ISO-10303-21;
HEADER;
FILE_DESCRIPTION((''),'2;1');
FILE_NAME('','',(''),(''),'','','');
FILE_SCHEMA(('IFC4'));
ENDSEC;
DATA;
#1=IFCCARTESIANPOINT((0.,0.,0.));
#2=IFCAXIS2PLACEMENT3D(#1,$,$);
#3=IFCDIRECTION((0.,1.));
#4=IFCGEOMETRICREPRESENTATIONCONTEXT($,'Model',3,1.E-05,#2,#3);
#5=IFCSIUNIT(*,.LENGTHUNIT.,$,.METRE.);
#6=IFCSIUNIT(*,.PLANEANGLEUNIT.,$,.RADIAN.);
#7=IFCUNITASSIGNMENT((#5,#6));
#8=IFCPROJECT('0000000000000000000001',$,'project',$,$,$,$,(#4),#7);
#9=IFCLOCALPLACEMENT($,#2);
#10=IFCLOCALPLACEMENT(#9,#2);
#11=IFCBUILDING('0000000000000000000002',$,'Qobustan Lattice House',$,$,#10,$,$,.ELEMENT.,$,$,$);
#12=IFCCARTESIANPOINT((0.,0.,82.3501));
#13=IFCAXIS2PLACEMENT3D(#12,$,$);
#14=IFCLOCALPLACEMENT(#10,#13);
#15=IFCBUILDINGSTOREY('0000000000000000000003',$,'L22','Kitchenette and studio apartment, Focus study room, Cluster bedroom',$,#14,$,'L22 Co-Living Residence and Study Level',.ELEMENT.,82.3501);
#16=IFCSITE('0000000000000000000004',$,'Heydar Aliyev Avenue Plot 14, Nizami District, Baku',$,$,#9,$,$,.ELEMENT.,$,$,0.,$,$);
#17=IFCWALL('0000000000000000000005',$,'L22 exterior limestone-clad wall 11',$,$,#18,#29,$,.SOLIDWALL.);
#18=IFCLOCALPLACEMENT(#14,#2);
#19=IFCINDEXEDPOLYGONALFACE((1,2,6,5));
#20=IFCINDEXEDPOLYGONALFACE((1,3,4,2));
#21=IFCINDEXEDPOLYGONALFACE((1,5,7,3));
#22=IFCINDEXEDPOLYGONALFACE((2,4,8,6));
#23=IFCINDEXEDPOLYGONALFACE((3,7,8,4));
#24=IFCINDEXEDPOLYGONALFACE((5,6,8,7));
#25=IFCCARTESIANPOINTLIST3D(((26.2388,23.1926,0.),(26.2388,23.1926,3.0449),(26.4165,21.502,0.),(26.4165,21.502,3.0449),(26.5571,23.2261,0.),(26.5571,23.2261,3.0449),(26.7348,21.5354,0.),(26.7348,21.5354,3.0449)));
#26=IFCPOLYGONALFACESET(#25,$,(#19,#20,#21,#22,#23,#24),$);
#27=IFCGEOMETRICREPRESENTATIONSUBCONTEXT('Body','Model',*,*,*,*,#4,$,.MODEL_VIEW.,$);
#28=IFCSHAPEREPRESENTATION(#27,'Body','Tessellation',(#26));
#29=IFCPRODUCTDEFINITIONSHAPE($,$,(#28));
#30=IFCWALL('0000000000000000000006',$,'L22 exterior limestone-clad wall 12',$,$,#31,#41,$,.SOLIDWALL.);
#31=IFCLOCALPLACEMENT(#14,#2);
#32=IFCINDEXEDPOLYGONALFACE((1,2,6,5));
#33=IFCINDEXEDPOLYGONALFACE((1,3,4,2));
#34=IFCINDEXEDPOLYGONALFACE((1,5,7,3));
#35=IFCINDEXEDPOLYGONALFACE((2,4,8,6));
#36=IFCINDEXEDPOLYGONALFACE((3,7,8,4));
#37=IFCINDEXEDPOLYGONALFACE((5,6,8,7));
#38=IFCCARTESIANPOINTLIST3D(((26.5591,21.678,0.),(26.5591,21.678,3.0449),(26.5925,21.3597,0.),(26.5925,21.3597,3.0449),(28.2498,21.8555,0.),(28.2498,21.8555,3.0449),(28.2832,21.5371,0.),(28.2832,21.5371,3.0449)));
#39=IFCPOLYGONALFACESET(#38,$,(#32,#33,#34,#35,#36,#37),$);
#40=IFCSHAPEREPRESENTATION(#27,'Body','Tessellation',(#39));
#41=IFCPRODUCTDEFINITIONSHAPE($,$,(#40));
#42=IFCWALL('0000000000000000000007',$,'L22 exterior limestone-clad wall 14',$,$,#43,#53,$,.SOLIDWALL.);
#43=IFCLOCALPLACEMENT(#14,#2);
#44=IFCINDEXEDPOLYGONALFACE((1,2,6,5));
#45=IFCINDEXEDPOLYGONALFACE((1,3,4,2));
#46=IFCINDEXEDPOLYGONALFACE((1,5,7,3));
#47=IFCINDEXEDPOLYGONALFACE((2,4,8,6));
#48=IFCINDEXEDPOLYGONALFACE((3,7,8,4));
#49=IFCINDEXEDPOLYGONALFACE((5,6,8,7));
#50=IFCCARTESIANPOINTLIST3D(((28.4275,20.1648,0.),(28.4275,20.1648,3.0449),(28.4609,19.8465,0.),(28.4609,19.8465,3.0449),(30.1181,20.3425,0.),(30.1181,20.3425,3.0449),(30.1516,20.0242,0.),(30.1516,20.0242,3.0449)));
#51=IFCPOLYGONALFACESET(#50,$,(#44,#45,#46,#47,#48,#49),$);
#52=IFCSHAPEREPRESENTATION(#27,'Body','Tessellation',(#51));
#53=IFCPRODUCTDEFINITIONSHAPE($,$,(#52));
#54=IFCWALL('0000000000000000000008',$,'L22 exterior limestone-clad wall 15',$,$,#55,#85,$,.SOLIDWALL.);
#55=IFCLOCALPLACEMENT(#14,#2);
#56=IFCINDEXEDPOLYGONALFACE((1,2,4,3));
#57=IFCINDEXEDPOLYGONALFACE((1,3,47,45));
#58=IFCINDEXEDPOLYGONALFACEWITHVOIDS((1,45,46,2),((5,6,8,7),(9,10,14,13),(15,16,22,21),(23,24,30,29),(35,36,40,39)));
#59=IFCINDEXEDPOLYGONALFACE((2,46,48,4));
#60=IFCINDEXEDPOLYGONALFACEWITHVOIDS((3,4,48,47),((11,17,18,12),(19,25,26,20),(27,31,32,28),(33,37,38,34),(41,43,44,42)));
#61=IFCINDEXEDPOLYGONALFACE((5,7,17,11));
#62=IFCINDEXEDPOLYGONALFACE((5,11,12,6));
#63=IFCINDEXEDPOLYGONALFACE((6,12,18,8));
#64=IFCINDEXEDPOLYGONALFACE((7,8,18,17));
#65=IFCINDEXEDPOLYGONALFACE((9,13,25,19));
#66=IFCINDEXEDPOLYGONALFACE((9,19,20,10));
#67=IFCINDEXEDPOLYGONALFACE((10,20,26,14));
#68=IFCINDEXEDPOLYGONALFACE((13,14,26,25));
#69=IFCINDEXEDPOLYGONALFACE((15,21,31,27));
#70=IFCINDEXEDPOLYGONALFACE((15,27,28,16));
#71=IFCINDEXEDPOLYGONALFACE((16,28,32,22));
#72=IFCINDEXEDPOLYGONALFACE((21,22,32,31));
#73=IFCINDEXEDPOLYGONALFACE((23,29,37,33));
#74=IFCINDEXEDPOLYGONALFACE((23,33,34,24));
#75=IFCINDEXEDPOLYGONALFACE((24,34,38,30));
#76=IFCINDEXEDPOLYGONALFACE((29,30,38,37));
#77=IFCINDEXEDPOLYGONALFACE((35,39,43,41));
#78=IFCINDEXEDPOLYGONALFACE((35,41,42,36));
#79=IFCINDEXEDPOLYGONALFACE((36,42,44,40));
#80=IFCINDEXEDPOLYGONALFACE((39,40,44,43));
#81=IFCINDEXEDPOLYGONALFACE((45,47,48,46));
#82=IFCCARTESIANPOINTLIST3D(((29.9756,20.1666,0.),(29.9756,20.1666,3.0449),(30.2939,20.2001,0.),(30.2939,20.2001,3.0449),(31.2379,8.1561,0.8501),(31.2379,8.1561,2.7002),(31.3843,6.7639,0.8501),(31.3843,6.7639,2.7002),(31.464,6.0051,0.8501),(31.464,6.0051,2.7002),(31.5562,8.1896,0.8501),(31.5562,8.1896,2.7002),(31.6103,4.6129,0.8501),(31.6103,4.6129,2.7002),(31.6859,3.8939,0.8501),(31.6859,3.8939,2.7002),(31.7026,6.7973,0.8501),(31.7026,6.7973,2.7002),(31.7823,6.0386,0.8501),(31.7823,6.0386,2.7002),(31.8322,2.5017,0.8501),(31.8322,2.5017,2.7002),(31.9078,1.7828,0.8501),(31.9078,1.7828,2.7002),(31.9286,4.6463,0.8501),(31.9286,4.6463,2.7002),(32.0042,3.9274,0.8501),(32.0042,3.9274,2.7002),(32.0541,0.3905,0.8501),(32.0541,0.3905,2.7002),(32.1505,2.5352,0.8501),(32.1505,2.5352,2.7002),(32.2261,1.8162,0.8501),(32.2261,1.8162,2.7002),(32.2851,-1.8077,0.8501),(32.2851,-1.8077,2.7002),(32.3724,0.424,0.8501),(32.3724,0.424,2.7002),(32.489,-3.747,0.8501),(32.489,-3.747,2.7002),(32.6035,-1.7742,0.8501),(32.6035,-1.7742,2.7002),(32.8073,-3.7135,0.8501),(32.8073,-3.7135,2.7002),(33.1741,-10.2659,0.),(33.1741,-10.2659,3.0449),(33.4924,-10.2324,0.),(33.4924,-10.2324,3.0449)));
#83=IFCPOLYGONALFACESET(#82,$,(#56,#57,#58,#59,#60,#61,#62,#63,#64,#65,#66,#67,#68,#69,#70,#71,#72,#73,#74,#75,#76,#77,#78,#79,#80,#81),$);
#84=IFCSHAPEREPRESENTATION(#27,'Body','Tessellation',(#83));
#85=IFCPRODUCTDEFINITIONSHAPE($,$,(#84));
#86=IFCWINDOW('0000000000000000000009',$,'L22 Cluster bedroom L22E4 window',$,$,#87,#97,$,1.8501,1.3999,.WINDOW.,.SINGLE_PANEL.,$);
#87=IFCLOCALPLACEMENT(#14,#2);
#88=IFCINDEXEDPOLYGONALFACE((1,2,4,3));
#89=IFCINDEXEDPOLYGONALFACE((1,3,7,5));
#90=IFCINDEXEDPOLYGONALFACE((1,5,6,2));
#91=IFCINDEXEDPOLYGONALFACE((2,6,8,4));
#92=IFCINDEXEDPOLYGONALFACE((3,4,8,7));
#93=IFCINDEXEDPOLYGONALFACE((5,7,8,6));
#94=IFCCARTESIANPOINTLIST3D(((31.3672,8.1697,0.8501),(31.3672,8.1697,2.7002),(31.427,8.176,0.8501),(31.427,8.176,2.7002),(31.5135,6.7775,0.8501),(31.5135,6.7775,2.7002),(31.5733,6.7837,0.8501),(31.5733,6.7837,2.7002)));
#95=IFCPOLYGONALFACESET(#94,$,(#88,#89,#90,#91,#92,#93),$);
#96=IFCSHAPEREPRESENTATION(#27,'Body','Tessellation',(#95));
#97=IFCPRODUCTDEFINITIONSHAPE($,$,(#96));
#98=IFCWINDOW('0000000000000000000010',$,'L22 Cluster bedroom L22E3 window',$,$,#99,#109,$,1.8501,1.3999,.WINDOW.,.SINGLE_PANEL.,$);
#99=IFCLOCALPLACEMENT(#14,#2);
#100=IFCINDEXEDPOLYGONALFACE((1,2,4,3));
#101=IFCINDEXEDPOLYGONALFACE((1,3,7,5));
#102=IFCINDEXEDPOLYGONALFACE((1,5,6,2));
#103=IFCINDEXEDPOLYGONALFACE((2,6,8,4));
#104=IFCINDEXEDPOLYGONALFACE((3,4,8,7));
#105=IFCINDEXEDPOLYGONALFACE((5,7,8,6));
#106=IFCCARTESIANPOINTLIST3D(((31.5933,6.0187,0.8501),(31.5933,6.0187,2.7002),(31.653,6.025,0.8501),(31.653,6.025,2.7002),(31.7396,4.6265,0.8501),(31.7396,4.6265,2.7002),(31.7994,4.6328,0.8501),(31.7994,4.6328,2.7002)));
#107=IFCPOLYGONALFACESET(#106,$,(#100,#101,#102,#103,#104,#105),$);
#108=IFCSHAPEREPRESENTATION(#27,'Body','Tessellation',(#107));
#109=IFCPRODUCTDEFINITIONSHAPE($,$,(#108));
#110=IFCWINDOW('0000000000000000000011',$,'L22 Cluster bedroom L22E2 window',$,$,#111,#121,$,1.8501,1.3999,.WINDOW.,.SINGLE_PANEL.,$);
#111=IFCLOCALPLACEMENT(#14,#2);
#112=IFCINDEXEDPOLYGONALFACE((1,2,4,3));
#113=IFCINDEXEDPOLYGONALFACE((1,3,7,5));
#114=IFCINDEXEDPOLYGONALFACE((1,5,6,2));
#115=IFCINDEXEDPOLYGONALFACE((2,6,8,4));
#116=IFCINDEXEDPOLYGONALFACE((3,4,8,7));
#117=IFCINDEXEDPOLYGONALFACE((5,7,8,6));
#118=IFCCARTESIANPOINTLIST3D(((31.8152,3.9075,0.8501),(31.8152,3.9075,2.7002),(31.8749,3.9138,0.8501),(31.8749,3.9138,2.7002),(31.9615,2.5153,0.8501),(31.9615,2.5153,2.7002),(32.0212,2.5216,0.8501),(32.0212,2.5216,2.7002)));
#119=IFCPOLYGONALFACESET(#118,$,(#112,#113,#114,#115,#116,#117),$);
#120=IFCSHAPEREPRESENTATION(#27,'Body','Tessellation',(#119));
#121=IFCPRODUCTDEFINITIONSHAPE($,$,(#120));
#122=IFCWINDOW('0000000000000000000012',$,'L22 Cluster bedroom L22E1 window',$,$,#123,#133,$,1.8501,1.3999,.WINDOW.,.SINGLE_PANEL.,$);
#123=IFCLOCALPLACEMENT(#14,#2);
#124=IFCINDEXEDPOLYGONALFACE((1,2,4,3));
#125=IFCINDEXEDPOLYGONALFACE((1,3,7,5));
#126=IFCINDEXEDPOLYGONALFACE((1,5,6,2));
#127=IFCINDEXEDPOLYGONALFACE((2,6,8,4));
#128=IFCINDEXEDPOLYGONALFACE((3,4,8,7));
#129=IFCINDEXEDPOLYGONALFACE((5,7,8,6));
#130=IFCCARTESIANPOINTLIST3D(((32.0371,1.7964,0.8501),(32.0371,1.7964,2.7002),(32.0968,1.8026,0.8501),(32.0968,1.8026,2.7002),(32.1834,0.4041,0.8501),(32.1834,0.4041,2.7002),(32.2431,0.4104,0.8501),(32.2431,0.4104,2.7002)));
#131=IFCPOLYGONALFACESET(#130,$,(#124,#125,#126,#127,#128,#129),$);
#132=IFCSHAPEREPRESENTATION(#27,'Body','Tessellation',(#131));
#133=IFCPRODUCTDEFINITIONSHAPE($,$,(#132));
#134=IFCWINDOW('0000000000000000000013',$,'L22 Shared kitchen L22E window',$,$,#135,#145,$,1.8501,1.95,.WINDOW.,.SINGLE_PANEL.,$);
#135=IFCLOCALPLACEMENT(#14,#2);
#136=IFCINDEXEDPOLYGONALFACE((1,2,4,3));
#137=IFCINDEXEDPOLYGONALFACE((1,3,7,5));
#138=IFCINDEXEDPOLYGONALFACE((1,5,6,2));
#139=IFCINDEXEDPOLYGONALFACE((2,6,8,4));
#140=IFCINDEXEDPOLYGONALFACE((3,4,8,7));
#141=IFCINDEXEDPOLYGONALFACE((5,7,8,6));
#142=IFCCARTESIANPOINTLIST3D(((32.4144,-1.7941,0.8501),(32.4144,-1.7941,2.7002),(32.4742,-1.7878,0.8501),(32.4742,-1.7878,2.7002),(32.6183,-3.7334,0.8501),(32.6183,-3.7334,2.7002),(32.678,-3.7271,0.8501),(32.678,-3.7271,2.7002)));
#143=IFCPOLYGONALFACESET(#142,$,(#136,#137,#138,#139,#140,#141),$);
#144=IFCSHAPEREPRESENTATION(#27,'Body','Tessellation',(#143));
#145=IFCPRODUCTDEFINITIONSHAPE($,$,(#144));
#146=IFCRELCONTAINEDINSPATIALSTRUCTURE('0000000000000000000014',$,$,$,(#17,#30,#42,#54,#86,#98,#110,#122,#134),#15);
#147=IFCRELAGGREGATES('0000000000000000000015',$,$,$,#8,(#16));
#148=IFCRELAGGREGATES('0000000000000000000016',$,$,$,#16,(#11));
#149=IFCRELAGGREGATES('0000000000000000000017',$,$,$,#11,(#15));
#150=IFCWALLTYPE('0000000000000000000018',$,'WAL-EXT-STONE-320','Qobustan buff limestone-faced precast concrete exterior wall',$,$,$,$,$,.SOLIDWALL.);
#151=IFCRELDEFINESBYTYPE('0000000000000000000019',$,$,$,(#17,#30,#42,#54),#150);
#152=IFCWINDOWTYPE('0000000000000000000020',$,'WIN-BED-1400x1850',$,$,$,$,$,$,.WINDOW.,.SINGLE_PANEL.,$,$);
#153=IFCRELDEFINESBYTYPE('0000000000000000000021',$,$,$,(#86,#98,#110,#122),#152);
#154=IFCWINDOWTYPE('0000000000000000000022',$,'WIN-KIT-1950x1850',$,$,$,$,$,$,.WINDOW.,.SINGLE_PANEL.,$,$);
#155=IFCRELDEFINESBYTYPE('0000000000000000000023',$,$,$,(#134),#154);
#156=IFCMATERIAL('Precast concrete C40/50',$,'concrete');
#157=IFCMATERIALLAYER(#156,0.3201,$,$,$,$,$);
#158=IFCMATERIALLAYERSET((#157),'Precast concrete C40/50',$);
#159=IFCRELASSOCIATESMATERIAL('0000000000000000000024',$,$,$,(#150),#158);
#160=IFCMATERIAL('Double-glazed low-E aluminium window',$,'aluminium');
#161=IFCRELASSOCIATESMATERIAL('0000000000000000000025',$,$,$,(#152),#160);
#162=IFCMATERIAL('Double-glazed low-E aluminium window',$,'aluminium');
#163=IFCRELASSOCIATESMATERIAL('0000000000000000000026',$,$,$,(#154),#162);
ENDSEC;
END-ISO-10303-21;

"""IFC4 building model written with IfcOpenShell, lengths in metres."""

from ifc_helpers import new_model, si_unit, direction, frame, frame_2d, origin, place, context, subcontext, project, spatial, rectangle, extrude, material, layer, layer_set, type_object, element, fill, save


model = new_model("IFC4")

# Units and contexts
model_context = context("Model", 3, precision=1e-05, world=origin(), true_north=direction((0.0, 1.0)))
body_context = subcontext(model_context, "Body", "Model", "MODEL_VIEW")
ifc_project = project(units=[si_unit("LENGTHUNIT", "METRE"), si_unit("PLANEANGLEUNIT", "RADIAN")], contexts=[model_context])

# Site, building, storey
site_placement = place(None, origin())
site = spatial("IfcSite", under=ifc_project, at=site_placement, Name="Heydar Aliyev Avenue Plot 14, Nizami District, Baku", CompositionType="ELEMENT", RefElevation=0.0)
building_placement = place(site_placement, origin())
building = spatial("IfcBuilding", under=site, at=building_placement, Name="Qobustan Lattice House", CompositionType="ELEMENT")
storey_placement = place(building_placement, frame((0.0, 0.0, 82.3501)))
storey = spatial("IfcBuildingStorey", under=building, at=storey_placement, Name="L22", Description="Kitchenette and studio apartment, Focus study room, Cluster bedroom", LongName="L22 Co-Living Residence and Study Level", CompositionType="ELEMENT", Elevation=82.3501)

# Walls
ifc_material_1 = material(Name="Precast concrete C40/50", Category="concrete")
ifc_layer_1 = layer(ifc_material_1, 0.3201)
ifc_layer_set_1 = layer_set([ifc_layer_1], Name="Precast concrete C40/50")
wall_type = type_object("IfcWallType", Name="WAL-EXT-STONE-320", Description="Qobustan buff limestone-faced precast concrete exterior wall", PredefinedType="SOLIDWALL", material=ifc_layer_set_1)
for number, where, z_axis, x_axis, name in (
    (1, (26.3979, 23.2095, 0.0), (0.0, 0.0, 1.0), (0.10455, -0.99452, 0.0), "L22 exterior limestone-clad wall 11"),
    (2, (26.5757, 21.5188, 0.0), (0.0, 0.0, 1.0), (0.994535, 0.104408, 0.0), "L22 exterior limestone-clad wall 12"),
    (3, (28.4441, 20.0056, 0.0), (0.0, 0.0, 1.0), (0.99452, 0.10455, 0.0), "L22 exterior limestone-clad wall 14"),
):
    element("IfcWall", number, at=place(storey_placement, frame(where, z_axis=z_axis, x_axis=x_axis)), inside=storey, type_object=wall_type, Name=name, PredefinedType="SOLIDWALL", context=body_context, shape_type="SweptSolid", body=[
        extrude(rectangle(XDim=1.7, YDim=0.3201, at=frame_2d((0.8501, 0.0))), origin(), (0.0, 0.0, 1.0), 3.0449),
    ])

# Wall, openings, windows
wall_placement = place(storey_placement, frame((30.1348, 20.1833, 0.0), z_axis=(0.0, 0.0, 1.0), x_axis=(0.104526, -0.994522, 0.0)))
wall = element("IfcWall", 4, at=wall_placement, inside=storey, type_object=wall_type, Name="L22 exterior limestone-clad wall 15", PredefinedType="SOLIDWALL", context=body_context, shape_type="SweptSolid", body=[
    extrude(rectangle(XDim=30.6001, YDim=0.3201, at=frame_2d((15.3, 0.0))), origin(), (0.0, 0.0, 1.0), 3.0449),
])
opening_1_placement = place(wall_placement, frame((12.0767, 0.0, 0.8501)))
opening_1 = element("IfcOpeningElement", 5, at=opening_1_placement, cuts=wall, PredefinedType="OPENING", context=body_context, shape_type="SweptSolid", body=[
    extrude(rectangle(XDim=1.3999, YDim=1.8501, at=frame_2d((0.7, 0.925))), frame((0.0, 0.1699, 0.0), z_axis=(0.0, -1.0, 0.0), x_axis=(1.0, 0.0, 0.0)), (0.0, 0.0, 1.0), 0.3401),
])
opening_2_placement = place(wall_placement, frame((14.2395, 0.0, 0.8501)))
opening_2 = element("IfcOpeningElement", 6, at=opening_2_placement, cuts=wall, PredefinedType="OPENING", context=body_context, shape_type="SweptSolid", body=[
    extrude(rectangle(XDim=1.3999, YDim=1.8501, at=frame_2d((0.7, 0.925))), frame((0.0, 0.1699, 0.0), z_axis=(0.0, -1.0, 0.0), x_axis=(1.0, 0.0, 0.0)), (0.0, 0.0, 1.0), 0.3401),
])
opening_3_placement = place(wall_placement, frame((16.3623, 0.0, 0.8501)))
opening_3 = element("IfcOpeningElement", 7, at=opening_3_placement, cuts=wall, PredefinedType="OPENING", context=body_context, shape_type="SweptSolid", body=[
    extrude(rectangle(XDim=1.3999, YDim=1.8501, at=frame_2d((0.7, 0.925))), frame((0.0, 0.1699, 0.0), z_axis=(0.0, -1.0, 0.0), x_axis=(1.0, 0.0, 0.0)), (0.0, 0.0, 1.0), 0.3401),
])
opening_4_placement = place(wall_placement, frame((18.4851, 0.0, 0.8501)))
opening_4 = element("IfcOpeningElement", 8, at=opening_4_placement, cuts=wall, PredefinedType="OPENING", context=body_context, shape_type="SweptSolid", body=[
    extrude(rectangle(XDim=1.3999, YDim=1.8501, at=frame_2d((0.7, 0.925))), frame((0.0, 0.1699, 0.0), z_axis=(0.0, -1.0, 0.0), x_axis=(1.0, 0.0, 0.0)), (0.0, 0.0, 1.0), 0.3401),
])
opening_5_placement = place(wall_placement, frame((22.0952, 0.0, 0.8501)))
opening_5 = element("IfcOpeningElement", 9, at=opening_5_placement, cuts=wall, PredefinedType="OPENING", context=body_context, shape_type="SweptSolid", body=[
    extrude(rectangle(XDim=1.95, YDim=1.8501, at=frame_2d((0.9751, 0.925))), frame((0.0, 0.1699, 0.0), z_axis=(0.0, -1.0, 0.0), x_axis=(1.0, 0.0, 0.0)), (0.0, 0.0, 1.0), 0.3401),
])
ifc_material_2 = material(Name="Double-glazed low-E aluminium window", Category="aluminium")
window_type_1 = type_object("IfcWindowType", Name="WIN-BED-1400x1850", PartitioningType="SINGLE_PANEL", PredefinedType="WINDOW", material=ifc_material_2)
window_1_placement = place(opening_1_placement, origin())
window_1 = element("IfcWindow", 10, at=window_1_placement, inside=storey, type_object=window_type_1, Name="L22 Cluster bedroom L22E4 window", OverallHeight=1.8501, OverallWidth=1.3999, PartitioningType="SINGLE_PANEL", PredefinedType="WINDOW", context=body_context, shape_type="SweptSolid", body=[
    extrude(rectangle(XDim=1.3999, YDim=1.8501, at=frame_2d((0.7, 0.925))), frame((0.0, 0.03, 0.0), z_axis=(0.0, -1.0, 0.0), x_axis=(1.0, 0.0, 0.0)), (0.0, 0.0, 1.0), 0.0601),
])
fill(opening_1, window_1)
window_2_placement = place(opening_2_placement, origin())
window_2 = element("IfcWindow", 11, at=window_2_placement, inside=storey, type_object=window_type_1, Name="L22 Cluster bedroom L22E3 window", OverallHeight=1.8501, OverallWidth=1.3999, PartitioningType="SINGLE_PANEL", PredefinedType="WINDOW", context=body_context, shape_type="SweptSolid", body=[
    extrude(rectangle(XDim=1.3999, YDim=1.8501, at=frame_2d((0.7, 0.925))), frame((0.0, 0.03, 0.0), z_axis=(0.0, -1.0, 0.0), x_axis=(1.0, 0.0, 0.0)), (0.0, 0.0, 1.0), 0.0601),
])
fill(opening_2, window_2)
window_3_placement = place(opening_3_placement, origin())
window_3 = element("IfcWindow", 12, at=window_3_placement, inside=storey, type_object=window_type_1, Name="L22 Cluster bedroom L22E2 window", OverallHeight=1.8501, OverallWidth=1.3999, PartitioningType="SINGLE_PANEL", PredefinedType="WINDOW", context=body_context, shape_type="SweptSolid", body=[
    extrude(rectangle(XDim=1.3999, YDim=1.8501, at=frame_2d((0.7, 0.925))), frame((0.0, 0.03, 0.0), z_axis=(0.0, -1.0, 0.0), x_axis=(1.0, 0.0, 0.0)), (0.0, 0.0, 1.0), 0.0601),
])
fill(opening_3, window_3)
window_4_placement = place(opening_4_placement, origin())
window_4 = element("IfcWindow", 13, at=window_4_placement, inside=storey, type_object=window_type_1, Name="L22 Cluster bedroom L22E1 window", OverallHeight=1.8501, OverallWidth=1.3999, PartitioningType="SINGLE_PANEL", PredefinedType="WINDOW", context=body_context, shape_type="SweptSolid", body=[
    extrude(rectangle(XDim=1.3999, YDim=1.8501, at=frame_2d((0.7, 0.925))), frame((0.0, 0.03, 0.0), z_axis=(0.0, -1.0, 0.0), x_axis=(1.0, 0.0, 0.0)), (0.0, 0.0, 1.0), 0.0601),
])
fill(opening_4, window_4)
ifc_material_3 = material(Name="Double-glazed low-E aluminium window", Category="aluminium")
window_type_2 = type_object("IfcWindowType", Name="WIN-KIT-1950x1850", PartitioningType="SINGLE_PANEL", PredefinedType="WINDOW", material=ifc_material_3)
window_5_placement = place(opening_5_placement, origin())
window_5 = element("IfcWindow", 14, at=window_5_placement, inside=storey, type_object=window_type_2, Name="L22 Shared kitchen L22E window", OverallHeight=1.8501, OverallWidth=1.95, PartitioningType="SINGLE_PANEL", PredefinedType="WINDOW", context=body_context, shape_type="SweptSolid", body=[
    extrude(rectangle(XDim=1.95, YDim=1.8501, at=frame_2d((0.9751, 0.925))), frame((0.0, 0.03, 0.0), z_axis=(0.0, -1.0, 0.0), x_axis=(1.0, 0.0, 0.0)), (0.0, 0.0, 1.0), 0.0601),
])
fill(opening_5, window_5)

save(model, "model.ifc")
